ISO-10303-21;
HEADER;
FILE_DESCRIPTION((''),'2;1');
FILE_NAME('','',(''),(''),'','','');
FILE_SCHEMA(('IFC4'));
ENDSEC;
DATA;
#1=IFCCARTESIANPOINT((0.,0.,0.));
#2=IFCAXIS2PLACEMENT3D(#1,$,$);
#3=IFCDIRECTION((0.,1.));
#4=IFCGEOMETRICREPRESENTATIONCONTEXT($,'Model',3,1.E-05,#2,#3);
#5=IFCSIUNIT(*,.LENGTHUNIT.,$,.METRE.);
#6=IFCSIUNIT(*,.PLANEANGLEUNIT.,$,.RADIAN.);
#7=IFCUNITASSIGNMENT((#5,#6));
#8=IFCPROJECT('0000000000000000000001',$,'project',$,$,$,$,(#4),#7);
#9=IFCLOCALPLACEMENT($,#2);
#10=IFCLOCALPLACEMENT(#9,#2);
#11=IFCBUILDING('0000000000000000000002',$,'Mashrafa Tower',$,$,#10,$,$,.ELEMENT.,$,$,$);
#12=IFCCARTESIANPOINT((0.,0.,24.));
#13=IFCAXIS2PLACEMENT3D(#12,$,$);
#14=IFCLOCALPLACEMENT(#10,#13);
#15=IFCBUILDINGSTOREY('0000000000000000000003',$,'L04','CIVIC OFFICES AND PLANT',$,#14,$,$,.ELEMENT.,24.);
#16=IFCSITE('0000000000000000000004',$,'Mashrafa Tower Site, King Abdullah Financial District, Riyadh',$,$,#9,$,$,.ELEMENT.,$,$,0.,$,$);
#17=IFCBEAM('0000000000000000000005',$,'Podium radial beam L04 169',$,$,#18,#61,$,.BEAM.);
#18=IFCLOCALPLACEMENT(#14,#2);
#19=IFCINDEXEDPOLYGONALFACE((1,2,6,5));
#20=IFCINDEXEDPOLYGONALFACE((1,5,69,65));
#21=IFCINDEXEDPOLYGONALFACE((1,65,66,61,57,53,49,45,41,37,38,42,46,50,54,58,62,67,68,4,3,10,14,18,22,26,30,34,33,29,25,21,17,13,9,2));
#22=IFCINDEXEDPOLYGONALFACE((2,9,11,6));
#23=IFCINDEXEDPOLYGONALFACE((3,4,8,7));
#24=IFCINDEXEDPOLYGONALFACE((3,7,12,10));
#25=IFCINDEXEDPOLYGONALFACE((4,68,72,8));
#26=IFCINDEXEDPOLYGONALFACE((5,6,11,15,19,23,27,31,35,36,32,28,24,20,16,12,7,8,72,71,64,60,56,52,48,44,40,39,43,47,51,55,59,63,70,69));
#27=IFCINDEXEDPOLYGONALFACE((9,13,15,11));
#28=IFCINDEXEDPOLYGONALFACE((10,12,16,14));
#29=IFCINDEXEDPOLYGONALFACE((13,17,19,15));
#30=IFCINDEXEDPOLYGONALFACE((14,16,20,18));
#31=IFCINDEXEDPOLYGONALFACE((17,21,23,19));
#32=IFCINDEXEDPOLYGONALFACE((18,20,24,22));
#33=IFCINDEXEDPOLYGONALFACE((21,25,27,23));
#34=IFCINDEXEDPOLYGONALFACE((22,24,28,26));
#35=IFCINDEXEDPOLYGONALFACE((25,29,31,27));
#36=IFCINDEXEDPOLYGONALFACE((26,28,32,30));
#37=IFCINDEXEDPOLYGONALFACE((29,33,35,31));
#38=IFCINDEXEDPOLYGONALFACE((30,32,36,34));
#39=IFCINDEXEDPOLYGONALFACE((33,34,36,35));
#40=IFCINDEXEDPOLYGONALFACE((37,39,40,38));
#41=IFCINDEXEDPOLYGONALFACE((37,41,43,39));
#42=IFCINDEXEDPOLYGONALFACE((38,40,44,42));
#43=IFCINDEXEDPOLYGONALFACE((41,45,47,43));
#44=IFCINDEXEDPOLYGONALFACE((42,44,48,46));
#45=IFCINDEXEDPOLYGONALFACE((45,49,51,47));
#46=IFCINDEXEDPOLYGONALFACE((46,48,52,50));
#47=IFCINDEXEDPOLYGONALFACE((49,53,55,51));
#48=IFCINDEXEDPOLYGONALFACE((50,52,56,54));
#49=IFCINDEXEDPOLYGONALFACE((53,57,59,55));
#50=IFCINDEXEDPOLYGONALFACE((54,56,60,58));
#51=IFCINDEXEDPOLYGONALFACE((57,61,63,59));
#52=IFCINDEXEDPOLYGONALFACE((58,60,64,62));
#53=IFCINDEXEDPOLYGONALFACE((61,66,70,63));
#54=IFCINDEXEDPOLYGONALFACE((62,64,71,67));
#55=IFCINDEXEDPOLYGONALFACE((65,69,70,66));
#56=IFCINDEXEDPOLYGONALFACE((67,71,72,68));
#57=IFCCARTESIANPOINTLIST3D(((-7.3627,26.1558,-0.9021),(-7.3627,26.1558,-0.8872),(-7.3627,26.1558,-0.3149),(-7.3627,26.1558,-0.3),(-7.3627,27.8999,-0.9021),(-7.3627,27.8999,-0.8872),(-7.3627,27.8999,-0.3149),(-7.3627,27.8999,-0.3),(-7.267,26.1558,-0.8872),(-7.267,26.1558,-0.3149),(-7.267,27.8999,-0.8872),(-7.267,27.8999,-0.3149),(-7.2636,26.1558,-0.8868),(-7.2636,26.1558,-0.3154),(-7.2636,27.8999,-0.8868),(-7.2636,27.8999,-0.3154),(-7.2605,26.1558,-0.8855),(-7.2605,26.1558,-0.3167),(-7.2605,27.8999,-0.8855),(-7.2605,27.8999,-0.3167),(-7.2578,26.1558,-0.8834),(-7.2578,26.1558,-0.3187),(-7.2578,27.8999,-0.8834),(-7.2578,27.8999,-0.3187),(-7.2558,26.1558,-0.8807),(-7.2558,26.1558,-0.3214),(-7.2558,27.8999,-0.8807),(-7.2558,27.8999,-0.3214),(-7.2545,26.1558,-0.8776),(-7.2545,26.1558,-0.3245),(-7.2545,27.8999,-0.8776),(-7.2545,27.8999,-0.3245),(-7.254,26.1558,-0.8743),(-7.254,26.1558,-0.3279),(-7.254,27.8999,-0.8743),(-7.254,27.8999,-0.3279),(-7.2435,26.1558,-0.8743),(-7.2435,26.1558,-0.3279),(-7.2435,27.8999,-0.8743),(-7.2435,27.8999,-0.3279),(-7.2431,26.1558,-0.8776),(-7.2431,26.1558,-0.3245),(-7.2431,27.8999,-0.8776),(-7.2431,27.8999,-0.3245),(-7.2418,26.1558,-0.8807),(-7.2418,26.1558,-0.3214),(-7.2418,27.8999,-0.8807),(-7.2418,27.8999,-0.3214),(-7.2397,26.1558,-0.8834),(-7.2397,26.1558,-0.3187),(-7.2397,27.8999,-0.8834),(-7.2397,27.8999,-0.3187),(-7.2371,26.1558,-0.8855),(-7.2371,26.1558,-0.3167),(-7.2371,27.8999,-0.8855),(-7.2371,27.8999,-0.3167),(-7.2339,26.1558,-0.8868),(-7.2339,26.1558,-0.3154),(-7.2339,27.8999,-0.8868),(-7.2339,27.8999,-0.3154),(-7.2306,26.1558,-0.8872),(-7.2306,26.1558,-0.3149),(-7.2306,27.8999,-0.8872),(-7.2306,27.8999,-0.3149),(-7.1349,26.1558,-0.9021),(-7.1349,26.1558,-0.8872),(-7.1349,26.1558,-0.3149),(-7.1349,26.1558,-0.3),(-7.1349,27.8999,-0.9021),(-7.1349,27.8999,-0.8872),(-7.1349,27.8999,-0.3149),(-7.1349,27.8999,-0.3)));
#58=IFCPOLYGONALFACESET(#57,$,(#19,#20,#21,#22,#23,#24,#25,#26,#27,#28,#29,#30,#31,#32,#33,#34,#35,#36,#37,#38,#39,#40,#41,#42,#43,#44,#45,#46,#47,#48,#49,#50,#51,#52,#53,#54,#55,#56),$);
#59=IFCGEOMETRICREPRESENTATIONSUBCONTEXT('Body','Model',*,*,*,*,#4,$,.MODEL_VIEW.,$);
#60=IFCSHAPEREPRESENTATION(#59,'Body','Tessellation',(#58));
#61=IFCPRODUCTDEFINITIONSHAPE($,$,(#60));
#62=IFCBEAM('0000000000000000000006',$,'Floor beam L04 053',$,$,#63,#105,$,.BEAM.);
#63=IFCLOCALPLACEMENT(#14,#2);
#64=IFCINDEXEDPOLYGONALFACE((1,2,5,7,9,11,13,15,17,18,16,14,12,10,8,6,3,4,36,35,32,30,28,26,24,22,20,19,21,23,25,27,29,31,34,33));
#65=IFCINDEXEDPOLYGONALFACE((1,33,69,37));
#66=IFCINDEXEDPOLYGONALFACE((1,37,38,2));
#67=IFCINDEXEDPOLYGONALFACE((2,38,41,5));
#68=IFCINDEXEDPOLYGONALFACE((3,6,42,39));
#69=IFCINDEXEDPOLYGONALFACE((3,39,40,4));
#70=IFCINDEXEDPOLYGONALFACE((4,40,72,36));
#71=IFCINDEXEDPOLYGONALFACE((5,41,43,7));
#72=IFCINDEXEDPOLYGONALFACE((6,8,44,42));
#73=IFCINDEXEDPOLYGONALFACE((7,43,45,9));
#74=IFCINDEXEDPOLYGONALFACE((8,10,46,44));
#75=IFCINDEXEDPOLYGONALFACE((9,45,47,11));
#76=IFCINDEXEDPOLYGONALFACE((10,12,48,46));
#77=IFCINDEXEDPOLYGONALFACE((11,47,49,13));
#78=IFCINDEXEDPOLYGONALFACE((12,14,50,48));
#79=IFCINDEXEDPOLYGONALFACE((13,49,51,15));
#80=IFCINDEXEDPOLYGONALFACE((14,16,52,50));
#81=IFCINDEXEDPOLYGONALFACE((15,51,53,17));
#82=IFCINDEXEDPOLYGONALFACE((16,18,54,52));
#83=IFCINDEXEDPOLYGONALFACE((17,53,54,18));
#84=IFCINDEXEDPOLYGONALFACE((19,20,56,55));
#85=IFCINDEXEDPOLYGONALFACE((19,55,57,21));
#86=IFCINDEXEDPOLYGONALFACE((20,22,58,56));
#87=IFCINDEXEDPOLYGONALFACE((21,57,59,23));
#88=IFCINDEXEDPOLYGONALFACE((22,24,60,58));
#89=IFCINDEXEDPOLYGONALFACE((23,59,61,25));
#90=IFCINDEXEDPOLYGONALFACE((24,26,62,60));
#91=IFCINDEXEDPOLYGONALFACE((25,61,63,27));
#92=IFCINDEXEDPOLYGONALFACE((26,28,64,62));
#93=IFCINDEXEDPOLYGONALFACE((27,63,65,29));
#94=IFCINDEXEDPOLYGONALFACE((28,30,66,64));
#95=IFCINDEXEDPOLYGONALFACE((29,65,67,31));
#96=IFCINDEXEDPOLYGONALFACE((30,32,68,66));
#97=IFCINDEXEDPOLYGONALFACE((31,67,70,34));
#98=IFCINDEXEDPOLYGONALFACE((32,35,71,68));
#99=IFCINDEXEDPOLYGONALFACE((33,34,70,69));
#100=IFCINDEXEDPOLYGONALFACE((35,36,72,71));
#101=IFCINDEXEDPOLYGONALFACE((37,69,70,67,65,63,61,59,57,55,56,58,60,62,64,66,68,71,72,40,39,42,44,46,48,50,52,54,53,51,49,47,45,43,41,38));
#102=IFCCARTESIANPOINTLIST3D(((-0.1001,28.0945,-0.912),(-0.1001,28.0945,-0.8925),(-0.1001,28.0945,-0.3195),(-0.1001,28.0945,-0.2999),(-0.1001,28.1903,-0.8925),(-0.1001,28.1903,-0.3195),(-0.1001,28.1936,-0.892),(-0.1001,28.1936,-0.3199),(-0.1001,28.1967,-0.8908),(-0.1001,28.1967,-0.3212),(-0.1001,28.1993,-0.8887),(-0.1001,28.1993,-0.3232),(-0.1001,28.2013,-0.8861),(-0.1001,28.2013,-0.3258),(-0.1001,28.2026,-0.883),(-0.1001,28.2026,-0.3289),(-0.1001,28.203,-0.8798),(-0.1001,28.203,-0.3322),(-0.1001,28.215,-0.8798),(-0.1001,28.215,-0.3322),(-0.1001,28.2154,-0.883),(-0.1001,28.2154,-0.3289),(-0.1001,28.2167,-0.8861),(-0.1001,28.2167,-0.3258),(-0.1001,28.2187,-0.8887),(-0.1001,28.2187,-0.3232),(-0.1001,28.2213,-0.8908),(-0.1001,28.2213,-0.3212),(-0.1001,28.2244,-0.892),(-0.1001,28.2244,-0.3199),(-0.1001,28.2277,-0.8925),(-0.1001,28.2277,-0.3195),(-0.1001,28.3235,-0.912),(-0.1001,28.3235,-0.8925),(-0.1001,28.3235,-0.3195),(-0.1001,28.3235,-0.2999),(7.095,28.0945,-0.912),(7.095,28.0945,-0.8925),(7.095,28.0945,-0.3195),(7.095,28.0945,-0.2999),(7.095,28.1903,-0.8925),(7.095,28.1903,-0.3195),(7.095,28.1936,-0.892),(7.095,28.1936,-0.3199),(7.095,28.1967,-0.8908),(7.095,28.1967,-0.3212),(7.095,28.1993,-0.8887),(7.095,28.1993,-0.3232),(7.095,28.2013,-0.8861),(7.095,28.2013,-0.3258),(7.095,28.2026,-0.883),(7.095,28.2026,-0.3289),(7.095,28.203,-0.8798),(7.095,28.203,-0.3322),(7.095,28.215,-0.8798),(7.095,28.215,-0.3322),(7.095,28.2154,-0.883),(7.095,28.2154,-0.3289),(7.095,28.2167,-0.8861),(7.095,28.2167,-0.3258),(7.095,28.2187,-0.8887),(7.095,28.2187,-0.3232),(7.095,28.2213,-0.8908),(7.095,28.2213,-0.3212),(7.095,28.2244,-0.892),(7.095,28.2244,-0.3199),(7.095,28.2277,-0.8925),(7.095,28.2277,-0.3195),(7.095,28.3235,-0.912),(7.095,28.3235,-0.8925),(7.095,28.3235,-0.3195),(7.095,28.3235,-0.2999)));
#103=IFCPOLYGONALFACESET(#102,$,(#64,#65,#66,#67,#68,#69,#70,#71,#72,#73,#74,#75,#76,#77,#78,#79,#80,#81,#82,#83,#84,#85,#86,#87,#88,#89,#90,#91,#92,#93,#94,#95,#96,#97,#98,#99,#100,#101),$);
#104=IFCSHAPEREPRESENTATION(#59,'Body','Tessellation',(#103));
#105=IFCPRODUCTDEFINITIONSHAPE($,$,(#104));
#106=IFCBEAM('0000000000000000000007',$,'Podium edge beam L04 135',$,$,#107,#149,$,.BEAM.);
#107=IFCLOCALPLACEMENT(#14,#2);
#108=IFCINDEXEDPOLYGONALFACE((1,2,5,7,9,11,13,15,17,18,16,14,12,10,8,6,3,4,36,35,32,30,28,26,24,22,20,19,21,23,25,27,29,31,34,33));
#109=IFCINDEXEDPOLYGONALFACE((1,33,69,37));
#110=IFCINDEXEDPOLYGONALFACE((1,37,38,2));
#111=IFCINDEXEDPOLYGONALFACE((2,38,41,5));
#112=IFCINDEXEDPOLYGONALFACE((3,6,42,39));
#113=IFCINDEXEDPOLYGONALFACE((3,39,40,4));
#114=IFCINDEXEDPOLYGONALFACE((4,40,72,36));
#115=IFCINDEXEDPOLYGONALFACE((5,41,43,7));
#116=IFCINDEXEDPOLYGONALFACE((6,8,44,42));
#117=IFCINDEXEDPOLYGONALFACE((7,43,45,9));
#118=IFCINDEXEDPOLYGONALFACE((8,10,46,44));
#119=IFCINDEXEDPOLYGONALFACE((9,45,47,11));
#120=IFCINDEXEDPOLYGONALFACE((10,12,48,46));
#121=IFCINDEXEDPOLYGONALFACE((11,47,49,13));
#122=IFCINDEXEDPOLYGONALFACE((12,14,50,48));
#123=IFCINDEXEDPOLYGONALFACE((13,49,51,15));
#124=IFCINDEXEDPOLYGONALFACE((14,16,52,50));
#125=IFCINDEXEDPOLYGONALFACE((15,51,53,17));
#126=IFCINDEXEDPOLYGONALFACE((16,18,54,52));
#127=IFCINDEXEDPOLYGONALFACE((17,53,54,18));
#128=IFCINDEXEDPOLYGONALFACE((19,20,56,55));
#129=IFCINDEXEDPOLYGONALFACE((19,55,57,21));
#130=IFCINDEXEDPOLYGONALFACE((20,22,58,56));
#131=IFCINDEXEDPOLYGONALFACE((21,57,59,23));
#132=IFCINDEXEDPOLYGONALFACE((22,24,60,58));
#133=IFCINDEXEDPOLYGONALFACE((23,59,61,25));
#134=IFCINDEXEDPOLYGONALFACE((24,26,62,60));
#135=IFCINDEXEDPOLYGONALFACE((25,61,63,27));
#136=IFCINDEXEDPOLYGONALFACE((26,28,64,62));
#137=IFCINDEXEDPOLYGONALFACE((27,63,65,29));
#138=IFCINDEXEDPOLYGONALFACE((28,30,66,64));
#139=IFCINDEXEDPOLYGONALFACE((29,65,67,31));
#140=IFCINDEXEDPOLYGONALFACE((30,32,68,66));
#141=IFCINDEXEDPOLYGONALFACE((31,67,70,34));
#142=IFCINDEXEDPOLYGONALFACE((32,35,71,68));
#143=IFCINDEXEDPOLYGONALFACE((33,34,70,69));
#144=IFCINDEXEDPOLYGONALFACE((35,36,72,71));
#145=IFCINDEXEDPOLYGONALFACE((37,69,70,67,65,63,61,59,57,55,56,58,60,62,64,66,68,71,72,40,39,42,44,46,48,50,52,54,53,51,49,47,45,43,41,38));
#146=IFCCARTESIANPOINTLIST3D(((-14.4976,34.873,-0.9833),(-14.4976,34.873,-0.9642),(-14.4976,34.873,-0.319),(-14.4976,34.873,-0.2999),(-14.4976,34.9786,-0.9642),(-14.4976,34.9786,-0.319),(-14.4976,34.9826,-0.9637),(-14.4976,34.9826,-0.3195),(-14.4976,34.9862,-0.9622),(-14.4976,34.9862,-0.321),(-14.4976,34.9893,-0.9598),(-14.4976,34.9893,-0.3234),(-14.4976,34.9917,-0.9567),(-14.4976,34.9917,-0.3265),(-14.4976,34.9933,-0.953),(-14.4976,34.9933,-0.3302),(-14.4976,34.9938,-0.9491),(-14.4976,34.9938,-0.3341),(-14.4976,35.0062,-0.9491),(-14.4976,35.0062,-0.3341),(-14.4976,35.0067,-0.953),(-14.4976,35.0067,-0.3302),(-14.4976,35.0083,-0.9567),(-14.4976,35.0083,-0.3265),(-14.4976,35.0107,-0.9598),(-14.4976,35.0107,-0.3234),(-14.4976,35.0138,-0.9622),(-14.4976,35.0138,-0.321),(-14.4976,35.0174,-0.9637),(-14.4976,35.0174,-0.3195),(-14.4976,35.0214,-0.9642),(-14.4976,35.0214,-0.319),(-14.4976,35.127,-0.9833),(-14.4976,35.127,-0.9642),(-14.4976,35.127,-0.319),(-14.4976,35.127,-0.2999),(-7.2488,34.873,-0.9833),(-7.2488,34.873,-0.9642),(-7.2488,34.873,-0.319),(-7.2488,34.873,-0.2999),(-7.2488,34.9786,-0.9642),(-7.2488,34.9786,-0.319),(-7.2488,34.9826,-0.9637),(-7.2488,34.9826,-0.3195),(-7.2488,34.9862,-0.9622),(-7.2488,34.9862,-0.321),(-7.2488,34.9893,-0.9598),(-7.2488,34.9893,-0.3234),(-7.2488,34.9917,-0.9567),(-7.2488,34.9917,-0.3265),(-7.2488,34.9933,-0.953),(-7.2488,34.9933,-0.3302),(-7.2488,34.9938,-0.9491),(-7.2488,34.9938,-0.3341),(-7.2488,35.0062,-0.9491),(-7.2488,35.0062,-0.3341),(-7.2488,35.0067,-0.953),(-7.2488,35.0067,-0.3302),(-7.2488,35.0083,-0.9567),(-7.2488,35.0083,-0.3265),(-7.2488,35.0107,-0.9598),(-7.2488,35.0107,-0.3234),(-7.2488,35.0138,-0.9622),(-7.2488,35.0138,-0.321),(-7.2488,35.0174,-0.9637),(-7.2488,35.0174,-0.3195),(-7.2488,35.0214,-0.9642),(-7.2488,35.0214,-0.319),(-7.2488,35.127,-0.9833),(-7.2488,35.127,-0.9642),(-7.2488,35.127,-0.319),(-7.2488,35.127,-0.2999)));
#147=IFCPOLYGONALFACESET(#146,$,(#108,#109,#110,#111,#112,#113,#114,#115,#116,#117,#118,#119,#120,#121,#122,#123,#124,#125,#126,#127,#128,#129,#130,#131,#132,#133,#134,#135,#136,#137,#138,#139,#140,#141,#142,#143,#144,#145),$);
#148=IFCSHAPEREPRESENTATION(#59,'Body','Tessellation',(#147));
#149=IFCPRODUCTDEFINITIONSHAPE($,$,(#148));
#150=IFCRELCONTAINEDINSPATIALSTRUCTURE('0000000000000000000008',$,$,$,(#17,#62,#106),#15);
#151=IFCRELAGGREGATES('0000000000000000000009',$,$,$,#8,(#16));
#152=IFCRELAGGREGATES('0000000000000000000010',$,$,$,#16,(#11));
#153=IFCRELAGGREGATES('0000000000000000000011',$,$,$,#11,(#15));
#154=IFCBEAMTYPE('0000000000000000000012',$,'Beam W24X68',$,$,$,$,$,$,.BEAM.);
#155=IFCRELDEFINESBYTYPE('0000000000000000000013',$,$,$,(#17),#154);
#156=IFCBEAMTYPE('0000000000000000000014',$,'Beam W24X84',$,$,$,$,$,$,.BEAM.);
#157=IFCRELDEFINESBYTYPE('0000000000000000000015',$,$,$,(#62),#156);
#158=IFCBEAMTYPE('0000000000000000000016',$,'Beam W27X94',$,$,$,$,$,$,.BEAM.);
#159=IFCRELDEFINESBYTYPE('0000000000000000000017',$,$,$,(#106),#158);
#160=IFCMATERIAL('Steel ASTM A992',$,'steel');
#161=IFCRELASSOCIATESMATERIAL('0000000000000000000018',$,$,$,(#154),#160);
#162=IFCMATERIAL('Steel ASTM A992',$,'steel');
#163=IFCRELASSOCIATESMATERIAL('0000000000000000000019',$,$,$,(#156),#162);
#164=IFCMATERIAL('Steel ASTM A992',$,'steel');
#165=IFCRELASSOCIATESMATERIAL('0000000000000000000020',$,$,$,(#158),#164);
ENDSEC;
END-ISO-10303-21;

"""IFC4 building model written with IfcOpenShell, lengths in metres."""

from ifc_helpers import new_model, si_unit, direction, frame, origin, origin_2d, place, context, subcontext, project, spatial, i_section, extrude, material, material_profile, profile_set, type_object, element, save


model = new_model("IFC4")

# Units and contexts
model_context = context("Model", 3, precision=1e-05, world=origin(), true_north=direction((0.0, 1.0)))
body_context = subcontext(model_context, "Body", "Model", "MODEL_VIEW")
ifc_project = project(units=[si_unit("LENGTHUNIT", "METRE"), si_unit("PLANEANGLEUNIT", "RADIAN")], contexts=[model_context])

# Site, building, storey
site_placement = place(None, origin())
site = spatial("IfcSite", under=ifc_project, at=site_placement, Name="Mashrafa Tower Site, King Abdullah Financial District, Riyadh", CompositionType="ELEMENT", RefElevation=0.0)
building_placement = place(site_placement, origin())
building = spatial("IfcBuilding", under=site, at=building_placement, Name="Mashrafa Tower", CompositionType="ELEMENT")
storey_placement = place(building_placement, frame((0.0, 0.0, 24.0)))
storey = spatial("IfcBuildingStorey", under=building, at=storey_placement, Name="L04", Description="CIVIC OFFICES AND PLANT", CompositionType="ELEMENT", Elevation=24.0)

# Beams
ifc_material_1 = material(Name="Steel ASTM A992", Category="steel")
ifc_material_profile_1 = material_profile(ifc_material_1, i_section(OverallWidth=0.2278, OverallDepth=0.6021, WebThickness=0.0105, FlangeThickness=0.0149, FilletRadius=0.0129, at=origin_2d()), Name="W24X68")
ifc_profile_set_1 = profile_set([ifc_material_profile_1], Name="Steel ASTM A992")
beam_type_1 = type_object("IfcBeamType", Name="Beam W24X68", PredefinedType="BEAM", material=ifc_profile_set_1)
beam_1_placement = place(storey_placement, frame((-7.2488, 26.1558, -0.6011), z_axis=(0.0, 1.0, 0.0), x_axis=(-1.0, 0.0, 0.0)))
element("IfcBeam", 1, at=beam_1_placement, inside=storey, type_object=beam_type_1, Name="Podium radial beam L04 169", PredefinedType="BEAM", context=body_context, shape_type="SweptSolid", body=[
    extrude(i_section(OverallWidth=0.2278, OverallDepth=0.6021, WebThickness=0.0105, FlangeThickness=0.0149, FilletRadius=0.0129, at=origin_2d()), origin(), (0.0, 0.0, 1.0), 1.7441),
])
ifc_material_2 = material(Name="Steel ASTM A992", Category="steel")
ifc_material_profile_2 = material_profile(ifc_material_2, i_section(OverallWidth=0.229, OverallDepth=0.6121, WebThickness=0.012, FlangeThickness=0.0195, FilletRadius=0.0127, at=origin_2d()), Name="W24X84")
ifc_profile_set_2 = profile_set([ifc_material_profile_2], Name="Steel ASTM A992")
beam_type_2 = type_object("IfcBeamType", Name="Beam W24X84", PredefinedType="BEAM", material=ifc_profile_set_2)
beam_2_placement = place(storey_placement, frame((-0.1001, 28.209, -0.606), z_axis=(1.0, 0.0, 0.0), x_axis=(0.0, 1.0, 0.0)))
element("IfcBeam", 2, at=beam_2_placement, inside=storey, type_object=beam_type_2, Name="Floor beam L04 053", PredefinedType="BEAM", context=body_context, shape_type="SweptSolid", body=[
    extrude(i_section(OverallWidth=0.229, OverallDepth=0.6121, WebThickness=0.012, FlangeThickness=0.0195, FilletRadius=0.0127, at=origin_2d()), origin(), (0.0, 0.0, 1.0), 7.1951),
])
ifc_material_3 = material(Name="Steel ASTM A992", Category="steel")
ifc_material_profile_3 = material_profile(ifc_material_3, i_section(OverallWidth=0.2539, OverallDepth=0.6833, WebThickness=0.0125, FlangeThickness=0.019, FilletRadius=0.0151, at=origin_2d()), Name="W27X94")
ifc_profile_set_3 = profile_set([ifc_material_profile_3], Name="Steel ASTM A992")
beam_type_3 = type_object("IfcBeamType", Name="Beam W27X94", PredefinedType="BEAM", material=ifc_profile_set_3)
beam_3_placement = place(storey_placement, frame((-7.2488, 35.0, -0.6416), z_axis=(-1.0, 0.0, 0.0), x_axis=(0.0, -1.0, 0.0)))
element("IfcBeam", 3, at=beam_3_placement, inside=storey, type_object=beam_type_3, Name="Podium edge beam L04 135", PredefinedType="BEAM", context=body_context, shape_type="SweptSolid", body=[
    extrude(i_section(OverallWidth=0.2539, OverallDepth=0.6833, WebThickness=0.0125, FlangeThickness=0.019, FilletRadius=0.0151, at=origin_2d()), origin(), (0.0, 0.0, 1.0), 7.2488),
])

save(model, "model.ifc")
